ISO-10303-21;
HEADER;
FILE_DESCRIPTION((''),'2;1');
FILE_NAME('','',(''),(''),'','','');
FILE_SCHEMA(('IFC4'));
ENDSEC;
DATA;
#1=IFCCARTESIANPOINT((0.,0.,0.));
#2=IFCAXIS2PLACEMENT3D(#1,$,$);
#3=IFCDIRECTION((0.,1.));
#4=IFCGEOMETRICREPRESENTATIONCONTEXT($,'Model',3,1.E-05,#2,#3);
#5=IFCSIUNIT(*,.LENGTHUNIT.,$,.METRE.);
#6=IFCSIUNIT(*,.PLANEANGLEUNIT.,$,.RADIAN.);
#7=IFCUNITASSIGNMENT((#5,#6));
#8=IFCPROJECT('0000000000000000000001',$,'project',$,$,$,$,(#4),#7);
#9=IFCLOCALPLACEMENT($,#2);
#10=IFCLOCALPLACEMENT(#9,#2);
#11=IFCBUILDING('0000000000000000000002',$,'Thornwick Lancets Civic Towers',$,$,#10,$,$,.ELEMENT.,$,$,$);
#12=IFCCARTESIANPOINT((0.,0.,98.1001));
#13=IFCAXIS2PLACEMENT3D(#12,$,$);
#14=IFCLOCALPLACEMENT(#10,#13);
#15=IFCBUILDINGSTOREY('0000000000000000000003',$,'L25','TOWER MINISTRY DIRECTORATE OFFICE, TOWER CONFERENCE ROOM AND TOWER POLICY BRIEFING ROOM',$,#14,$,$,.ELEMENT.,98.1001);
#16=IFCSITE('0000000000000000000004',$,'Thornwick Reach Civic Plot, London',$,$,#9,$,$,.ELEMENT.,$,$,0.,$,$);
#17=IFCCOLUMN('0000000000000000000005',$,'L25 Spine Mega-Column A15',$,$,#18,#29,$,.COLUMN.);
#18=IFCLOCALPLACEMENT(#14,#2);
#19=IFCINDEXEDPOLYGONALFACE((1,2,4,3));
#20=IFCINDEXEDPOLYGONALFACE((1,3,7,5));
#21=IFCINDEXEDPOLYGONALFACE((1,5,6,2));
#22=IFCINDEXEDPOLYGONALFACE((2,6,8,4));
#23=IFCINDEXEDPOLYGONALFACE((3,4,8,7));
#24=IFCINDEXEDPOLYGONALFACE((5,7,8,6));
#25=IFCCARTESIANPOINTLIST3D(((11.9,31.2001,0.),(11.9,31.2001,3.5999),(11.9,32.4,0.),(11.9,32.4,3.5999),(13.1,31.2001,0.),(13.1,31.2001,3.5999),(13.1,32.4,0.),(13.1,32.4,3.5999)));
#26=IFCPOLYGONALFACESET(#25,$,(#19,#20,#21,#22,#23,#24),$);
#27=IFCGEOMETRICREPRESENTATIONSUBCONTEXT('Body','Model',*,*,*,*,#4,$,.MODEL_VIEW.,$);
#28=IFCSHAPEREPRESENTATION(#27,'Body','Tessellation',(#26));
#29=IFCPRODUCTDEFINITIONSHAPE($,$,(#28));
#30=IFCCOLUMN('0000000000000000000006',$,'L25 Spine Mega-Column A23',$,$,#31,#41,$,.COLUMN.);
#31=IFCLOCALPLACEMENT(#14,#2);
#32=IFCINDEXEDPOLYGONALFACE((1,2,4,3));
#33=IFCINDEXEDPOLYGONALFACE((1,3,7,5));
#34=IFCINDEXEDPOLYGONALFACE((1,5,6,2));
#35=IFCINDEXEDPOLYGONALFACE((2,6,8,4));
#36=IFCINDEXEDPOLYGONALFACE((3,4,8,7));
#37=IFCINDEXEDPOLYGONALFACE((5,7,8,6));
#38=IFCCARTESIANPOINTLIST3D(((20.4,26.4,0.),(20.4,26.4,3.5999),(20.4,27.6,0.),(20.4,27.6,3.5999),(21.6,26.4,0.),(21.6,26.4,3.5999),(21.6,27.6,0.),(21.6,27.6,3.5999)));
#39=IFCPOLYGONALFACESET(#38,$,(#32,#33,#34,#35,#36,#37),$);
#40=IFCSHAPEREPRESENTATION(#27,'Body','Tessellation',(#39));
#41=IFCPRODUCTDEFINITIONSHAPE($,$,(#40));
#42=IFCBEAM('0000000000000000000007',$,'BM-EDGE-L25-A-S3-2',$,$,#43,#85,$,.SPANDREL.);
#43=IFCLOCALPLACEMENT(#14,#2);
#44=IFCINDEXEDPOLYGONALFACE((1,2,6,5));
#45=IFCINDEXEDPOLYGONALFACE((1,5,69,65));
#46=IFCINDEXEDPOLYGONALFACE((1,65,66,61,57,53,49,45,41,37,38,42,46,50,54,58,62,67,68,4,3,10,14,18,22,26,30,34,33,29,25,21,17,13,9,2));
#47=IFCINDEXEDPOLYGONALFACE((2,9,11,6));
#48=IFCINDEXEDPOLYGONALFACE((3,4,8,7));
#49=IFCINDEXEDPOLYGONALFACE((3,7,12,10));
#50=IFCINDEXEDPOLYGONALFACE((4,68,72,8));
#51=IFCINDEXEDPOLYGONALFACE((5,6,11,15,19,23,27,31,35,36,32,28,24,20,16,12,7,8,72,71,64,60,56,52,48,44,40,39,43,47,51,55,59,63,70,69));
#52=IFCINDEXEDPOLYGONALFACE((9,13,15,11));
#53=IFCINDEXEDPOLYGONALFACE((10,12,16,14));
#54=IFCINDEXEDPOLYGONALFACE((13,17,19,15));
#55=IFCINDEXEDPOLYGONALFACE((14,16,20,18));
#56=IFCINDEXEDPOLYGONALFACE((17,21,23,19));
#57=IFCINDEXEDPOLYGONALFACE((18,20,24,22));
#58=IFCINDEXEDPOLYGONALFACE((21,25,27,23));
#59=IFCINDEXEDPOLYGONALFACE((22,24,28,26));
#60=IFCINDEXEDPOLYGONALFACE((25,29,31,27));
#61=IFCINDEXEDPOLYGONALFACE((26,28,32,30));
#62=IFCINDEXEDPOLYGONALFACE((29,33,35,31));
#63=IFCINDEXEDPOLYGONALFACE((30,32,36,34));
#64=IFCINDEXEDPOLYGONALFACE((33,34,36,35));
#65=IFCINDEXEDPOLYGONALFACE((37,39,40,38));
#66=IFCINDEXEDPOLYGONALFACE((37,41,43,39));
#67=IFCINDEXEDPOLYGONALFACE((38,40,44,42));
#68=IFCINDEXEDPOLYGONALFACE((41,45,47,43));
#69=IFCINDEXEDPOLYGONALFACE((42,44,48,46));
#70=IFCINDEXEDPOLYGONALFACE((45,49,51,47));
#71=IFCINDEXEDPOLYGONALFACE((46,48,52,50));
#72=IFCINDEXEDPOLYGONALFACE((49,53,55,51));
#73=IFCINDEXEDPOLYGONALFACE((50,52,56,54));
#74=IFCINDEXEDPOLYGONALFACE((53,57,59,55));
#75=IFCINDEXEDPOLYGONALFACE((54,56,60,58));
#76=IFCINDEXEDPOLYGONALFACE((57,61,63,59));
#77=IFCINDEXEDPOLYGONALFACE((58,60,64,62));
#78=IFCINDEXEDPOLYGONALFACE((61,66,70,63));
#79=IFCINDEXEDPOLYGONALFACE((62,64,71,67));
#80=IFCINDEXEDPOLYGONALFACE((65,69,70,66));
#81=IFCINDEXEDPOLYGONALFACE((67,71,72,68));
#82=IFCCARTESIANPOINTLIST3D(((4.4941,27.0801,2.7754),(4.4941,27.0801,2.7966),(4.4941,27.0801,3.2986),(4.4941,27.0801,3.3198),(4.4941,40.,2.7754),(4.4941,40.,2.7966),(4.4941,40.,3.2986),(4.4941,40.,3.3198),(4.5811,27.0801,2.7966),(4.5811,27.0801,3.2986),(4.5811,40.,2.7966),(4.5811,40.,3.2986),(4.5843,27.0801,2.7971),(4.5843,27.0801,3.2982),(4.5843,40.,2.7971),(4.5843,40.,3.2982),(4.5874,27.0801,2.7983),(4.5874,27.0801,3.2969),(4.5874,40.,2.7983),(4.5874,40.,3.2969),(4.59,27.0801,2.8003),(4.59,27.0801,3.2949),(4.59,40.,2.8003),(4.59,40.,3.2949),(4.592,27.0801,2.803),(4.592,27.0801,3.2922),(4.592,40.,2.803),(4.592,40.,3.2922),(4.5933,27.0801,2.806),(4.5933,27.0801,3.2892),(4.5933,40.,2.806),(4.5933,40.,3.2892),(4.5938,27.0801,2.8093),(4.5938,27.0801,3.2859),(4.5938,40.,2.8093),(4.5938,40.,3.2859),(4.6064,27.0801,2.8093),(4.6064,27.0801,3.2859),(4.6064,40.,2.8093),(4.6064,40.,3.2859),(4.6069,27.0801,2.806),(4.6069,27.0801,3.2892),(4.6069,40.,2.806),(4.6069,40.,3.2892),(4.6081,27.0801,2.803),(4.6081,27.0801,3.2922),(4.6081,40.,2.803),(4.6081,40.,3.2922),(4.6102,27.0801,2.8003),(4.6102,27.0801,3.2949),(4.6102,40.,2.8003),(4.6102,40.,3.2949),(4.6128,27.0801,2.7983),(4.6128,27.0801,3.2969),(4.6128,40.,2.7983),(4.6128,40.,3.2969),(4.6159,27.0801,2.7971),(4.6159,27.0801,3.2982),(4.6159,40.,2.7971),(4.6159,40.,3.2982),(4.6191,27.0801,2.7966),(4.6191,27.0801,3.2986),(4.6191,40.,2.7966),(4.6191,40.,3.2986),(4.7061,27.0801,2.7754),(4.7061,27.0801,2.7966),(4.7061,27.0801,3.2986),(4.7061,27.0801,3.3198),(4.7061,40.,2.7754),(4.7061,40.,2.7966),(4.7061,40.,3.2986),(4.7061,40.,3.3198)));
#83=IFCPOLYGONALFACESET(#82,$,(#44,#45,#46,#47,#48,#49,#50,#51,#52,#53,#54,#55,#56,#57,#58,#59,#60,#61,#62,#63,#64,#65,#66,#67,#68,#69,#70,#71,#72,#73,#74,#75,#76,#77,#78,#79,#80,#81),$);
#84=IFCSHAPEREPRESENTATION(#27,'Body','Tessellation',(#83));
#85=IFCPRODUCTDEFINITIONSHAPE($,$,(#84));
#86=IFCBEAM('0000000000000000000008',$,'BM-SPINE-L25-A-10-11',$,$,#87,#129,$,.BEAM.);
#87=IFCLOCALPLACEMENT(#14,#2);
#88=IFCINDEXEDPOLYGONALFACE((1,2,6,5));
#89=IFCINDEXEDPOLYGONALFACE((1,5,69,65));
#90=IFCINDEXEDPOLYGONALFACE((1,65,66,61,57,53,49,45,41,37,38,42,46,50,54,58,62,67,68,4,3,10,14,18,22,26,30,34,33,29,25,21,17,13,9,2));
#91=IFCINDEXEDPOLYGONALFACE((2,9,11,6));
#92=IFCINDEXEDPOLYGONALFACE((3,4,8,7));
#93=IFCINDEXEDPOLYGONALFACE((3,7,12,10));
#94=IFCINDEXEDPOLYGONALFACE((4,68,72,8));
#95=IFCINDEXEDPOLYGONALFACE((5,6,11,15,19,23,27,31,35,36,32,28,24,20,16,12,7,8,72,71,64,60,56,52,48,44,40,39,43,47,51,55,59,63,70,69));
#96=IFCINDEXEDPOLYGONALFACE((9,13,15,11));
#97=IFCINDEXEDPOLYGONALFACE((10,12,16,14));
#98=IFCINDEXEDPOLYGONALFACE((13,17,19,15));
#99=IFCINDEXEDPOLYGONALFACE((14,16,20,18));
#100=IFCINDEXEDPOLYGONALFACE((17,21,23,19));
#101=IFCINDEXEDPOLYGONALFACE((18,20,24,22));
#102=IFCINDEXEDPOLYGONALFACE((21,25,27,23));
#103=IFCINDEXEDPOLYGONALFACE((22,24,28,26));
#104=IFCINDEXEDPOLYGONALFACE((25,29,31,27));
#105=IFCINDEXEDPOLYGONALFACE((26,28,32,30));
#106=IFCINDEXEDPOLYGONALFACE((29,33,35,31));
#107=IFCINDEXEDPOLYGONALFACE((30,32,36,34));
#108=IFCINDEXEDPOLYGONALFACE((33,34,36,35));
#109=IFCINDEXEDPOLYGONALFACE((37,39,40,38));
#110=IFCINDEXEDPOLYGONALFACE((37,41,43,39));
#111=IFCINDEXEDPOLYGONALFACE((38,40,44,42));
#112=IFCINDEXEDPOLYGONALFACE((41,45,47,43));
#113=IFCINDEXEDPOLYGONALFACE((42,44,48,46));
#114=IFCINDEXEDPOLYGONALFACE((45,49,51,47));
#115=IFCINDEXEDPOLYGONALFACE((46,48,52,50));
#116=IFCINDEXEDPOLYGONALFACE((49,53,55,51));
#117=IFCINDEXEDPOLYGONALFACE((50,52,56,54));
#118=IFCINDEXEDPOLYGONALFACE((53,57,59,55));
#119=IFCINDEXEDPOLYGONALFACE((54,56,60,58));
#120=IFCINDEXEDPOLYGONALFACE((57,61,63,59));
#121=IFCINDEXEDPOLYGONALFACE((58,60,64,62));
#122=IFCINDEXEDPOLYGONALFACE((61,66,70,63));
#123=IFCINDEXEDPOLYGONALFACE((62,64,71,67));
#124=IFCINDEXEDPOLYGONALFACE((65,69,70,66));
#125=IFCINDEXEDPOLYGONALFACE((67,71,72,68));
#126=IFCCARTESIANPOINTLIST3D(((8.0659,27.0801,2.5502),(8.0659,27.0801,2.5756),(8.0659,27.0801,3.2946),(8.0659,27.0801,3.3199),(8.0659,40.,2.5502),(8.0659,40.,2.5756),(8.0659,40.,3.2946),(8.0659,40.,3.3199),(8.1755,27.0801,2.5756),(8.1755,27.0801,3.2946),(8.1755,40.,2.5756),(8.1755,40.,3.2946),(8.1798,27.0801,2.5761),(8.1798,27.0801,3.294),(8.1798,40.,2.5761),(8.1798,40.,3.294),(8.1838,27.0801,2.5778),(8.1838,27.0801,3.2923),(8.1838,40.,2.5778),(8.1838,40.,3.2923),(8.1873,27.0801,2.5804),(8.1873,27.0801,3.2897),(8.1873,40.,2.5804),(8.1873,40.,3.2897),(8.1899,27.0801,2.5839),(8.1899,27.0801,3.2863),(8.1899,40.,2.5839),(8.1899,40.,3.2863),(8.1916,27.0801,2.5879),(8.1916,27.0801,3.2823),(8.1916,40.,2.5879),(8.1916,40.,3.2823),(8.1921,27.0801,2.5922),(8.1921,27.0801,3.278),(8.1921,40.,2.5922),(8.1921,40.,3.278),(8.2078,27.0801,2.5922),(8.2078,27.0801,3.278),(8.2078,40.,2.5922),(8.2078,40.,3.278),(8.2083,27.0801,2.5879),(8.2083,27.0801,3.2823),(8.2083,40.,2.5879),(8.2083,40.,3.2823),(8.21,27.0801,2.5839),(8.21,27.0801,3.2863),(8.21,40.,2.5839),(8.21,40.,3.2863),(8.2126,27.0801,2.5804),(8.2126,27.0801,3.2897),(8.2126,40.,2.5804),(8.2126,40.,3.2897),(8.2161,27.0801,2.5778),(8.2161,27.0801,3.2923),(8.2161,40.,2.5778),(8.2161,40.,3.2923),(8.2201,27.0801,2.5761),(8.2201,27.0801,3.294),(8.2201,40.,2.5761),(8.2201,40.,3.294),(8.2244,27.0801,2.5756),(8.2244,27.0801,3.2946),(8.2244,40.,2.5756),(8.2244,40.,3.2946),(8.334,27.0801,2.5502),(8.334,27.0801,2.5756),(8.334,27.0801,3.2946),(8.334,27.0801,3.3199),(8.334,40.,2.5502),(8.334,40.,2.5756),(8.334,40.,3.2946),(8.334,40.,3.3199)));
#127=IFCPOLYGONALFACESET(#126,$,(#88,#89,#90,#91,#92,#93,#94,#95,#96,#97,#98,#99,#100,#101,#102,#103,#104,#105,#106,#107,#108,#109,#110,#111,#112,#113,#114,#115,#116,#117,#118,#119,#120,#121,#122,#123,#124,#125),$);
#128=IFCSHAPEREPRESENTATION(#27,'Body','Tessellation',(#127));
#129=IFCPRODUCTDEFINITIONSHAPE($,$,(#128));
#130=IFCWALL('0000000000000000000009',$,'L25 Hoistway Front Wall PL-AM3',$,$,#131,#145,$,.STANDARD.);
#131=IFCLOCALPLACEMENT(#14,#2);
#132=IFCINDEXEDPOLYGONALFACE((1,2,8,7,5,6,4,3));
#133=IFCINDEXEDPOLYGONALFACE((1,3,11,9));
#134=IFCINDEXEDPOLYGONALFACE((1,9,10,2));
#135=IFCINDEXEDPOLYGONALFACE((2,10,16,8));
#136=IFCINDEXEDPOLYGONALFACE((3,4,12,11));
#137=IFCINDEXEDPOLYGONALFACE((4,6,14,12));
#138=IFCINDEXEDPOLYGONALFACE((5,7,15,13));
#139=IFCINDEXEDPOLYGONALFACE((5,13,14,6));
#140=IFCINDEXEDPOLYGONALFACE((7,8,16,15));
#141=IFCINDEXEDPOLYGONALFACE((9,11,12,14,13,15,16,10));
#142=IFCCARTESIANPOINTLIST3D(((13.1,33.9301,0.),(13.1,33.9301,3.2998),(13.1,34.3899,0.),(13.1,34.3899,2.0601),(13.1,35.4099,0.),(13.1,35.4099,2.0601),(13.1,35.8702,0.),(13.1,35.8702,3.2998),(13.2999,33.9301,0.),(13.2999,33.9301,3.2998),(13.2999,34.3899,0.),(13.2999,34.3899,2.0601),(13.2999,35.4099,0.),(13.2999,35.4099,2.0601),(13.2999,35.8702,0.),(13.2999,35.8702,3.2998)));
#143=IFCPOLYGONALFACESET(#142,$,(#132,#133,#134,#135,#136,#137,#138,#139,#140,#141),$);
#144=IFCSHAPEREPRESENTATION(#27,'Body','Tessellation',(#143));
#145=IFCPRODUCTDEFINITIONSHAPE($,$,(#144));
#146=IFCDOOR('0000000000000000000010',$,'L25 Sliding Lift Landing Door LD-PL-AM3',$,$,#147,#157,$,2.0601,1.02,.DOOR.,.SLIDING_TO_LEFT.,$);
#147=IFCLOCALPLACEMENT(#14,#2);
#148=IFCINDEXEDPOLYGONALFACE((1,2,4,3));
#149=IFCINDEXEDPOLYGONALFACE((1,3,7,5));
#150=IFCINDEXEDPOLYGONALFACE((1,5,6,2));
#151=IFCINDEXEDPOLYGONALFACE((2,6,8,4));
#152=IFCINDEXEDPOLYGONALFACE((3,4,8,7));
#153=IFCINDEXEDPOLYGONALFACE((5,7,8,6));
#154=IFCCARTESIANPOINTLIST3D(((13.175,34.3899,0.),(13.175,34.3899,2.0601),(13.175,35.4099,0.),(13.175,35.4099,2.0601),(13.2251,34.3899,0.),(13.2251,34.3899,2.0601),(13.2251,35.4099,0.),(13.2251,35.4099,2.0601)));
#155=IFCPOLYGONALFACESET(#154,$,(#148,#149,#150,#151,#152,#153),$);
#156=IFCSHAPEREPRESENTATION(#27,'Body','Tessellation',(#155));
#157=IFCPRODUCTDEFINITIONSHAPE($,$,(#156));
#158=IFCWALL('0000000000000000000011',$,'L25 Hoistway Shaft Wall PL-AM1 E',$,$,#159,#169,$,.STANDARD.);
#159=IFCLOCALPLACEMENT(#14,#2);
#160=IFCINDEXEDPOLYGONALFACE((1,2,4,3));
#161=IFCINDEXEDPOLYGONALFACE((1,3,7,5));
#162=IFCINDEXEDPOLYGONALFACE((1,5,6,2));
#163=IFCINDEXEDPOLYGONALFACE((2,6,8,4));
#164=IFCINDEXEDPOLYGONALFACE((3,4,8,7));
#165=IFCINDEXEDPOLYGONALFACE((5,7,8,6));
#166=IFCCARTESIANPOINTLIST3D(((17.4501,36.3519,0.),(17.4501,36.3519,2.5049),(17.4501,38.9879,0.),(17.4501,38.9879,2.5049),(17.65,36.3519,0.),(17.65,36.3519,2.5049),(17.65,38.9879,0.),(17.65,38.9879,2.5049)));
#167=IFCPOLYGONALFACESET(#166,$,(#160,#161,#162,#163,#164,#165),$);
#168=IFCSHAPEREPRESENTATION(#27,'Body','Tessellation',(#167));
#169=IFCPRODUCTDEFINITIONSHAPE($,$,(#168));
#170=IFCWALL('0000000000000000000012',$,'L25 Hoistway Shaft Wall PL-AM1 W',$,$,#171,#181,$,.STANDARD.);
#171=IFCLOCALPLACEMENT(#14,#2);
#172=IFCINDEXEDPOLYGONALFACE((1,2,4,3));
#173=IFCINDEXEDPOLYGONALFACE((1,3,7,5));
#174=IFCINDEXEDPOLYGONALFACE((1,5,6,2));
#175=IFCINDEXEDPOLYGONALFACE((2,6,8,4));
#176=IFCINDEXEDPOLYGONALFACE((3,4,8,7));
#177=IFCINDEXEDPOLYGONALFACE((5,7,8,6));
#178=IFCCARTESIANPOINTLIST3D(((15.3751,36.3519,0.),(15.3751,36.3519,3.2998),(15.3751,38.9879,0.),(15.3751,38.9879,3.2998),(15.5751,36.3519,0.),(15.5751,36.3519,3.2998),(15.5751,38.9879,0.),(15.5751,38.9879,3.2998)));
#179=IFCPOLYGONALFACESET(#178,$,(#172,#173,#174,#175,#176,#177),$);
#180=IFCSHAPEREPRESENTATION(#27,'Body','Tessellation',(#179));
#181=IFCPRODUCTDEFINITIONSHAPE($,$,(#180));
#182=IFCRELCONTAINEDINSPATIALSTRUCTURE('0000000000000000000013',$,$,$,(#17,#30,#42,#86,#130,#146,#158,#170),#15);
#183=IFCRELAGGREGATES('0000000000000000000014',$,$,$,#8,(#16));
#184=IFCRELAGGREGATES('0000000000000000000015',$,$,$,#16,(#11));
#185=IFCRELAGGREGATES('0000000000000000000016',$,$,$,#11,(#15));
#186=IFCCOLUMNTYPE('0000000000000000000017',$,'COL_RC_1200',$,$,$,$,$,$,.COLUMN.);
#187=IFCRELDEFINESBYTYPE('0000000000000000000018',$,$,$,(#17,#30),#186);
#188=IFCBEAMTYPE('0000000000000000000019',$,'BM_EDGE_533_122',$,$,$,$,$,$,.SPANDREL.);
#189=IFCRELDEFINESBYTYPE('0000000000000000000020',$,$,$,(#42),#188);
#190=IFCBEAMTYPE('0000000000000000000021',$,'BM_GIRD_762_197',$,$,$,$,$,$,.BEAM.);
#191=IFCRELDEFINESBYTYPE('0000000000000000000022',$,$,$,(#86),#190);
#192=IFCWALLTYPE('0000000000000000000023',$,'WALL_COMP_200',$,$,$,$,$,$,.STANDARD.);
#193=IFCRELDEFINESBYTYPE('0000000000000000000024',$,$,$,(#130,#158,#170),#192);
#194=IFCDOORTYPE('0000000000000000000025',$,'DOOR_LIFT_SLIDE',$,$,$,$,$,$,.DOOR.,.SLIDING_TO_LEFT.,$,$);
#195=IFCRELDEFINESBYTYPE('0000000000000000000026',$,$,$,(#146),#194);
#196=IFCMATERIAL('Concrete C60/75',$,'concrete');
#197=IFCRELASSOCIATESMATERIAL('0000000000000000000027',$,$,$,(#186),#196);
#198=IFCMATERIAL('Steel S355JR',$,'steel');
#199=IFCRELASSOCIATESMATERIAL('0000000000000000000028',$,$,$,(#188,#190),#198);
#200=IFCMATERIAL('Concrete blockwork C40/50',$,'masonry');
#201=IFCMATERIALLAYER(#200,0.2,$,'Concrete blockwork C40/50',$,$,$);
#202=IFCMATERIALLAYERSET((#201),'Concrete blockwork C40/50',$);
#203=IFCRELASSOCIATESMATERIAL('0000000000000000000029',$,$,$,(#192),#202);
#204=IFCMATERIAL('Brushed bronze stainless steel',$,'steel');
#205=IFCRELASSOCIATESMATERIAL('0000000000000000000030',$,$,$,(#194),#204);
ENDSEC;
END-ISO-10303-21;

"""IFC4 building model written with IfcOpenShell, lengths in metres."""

from ifc_helpers import new_model, si_unit, direction, frame, frame_2d, origin, origin_2d, place, context, subcontext, project, spatial, rectangle, i_section, extrude, material, layer, layer_set, material_profile, profile_set, type_object, element, fill, save


model = new_model("IFC4")

# Units and contexts
model_context = context("Model", 3, precision=1e-05, world=origin(), true_north=direction((0.0, 1.0)))
body_context = subcontext(model_context, "Body", "Model", "MODEL_VIEW")
ifc_project = project(units=[si_unit("LENGTHUNIT", "METRE"), si_unit("PLANEANGLEUNIT", "RADIAN")], contexts=[model_context])

# Site, building, storey
site_placement = place(None, origin())
site = spatial("IfcSite", under=ifc_project, at=site_placement, Name="Thornwick Reach Civic Plot, London", CompositionType="ELEMENT", RefElevation=0.0)
building_placement = place(site_placement, origin())
building = spatial("IfcBuilding", under=site, at=building_placement, Name="Thornwick Lancets Civic Towers", CompositionType="ELEMENT")
storey_placement = place(building_placement, frame((0.0, 0.0, 98.1001)))
storey = spatial("IfcBuildingStorey", under=building, at=storey_placement, Name="L25", Description="TOWER MINISTRY DIRECTORATE OFFICE, TOWER CONFERENCE ROOM AND TOWER POLICY BRIEFING ROOM", CompositionType="ELEMENT", Elevation=98.1001)

# Columns
ifc_material_1 = material(Name="Concrete C60/75", Category="concrete")
ifc_material_profile_1 = material_profile(ifc_material_1, rectangle(XDim=1.2, YDim=1.2, at=origin_2d()), Name="RC 1200x1200")
ifc_profile_set_1 = profile_set([ifc_material_profile_1], Name="Concrete C60/75")
column_type = type_object("IfcColumnType", Name="COL_RC_1200", PredefinedType="COLUMN", material=ifc_profile_set_1)
for number, where, z_axis, x_axis, name in (
    (1, (12.5, 31.8, 0.0), (0.0, 0.0, 1.0), (1.0, 0.0, 0.0), "L25 Spine Mega-Column A15"),
    (2, (21.0, 27.0, 0.0), (0.0, 0.0, 1.0), (1.0, 0.0, 0.0), "L25 Spine Mega-Column A23"),
):
    element("IfcColumn", number, at=place(storey_placement, frame(where, z_axis=z_axis, x_axis=x_axis)), inside=storey, type_object=column_type, Name=name, PredefinedType="COLUMN", context=body_context, shape_type="SweptSolid", body=[
        extrude(rectangle(XDim=1.2, YDim=1.2, at=origin_2d()), origin(), (0.0, 0.0, 1.0), 3.5999),
    ])

# Beams
ifc_material_2 = material(Name="Steel S355JR", Category="steel")
ifc_material_profile_2 = material_profile(ifc_material_2, i_section(OverallWidth=0.2119, OverallDepth=0.5444, WebThickness=0.0127, FlangeThickness=0.0212, FilletRadius=0.0127, at=origin_2d()), Name="UKB 533x210x122")
ifc_profile_set_2 = profile_set([ifc_material_profile_2], Name="Steel S355JR")
beam_type_1 = type_object("IfcBeamType", Name="BM_EDGE_533_122", PredefinedType="SPANDREL", material=ifc_profile_set_2)
beam_1_placement = place(storey_placement, frame((4.6001, 27.0801, 3.0476), z_axis=(0.0, 1.0, 0.0), x_axis=(-1.0, 0.0, 0.0)))
element("IfcBeam", 3, at=beam_1_placement, inside=storey, type_object=beam_type_1, Name="BM-EDGE-L25-A-S3-2", PredefinedType="SPANDREL", context=body_context, shape_type="SweptSolid", body=[
    extrude(i_section(OverallWidth=0.2119, OverallDepth=0.5444, WebThickness=0.0127, FlangeThickness=0.0212, FilletRadius=0.0127, at=origin_2d()), origin(), (0.0, 0.0, 1.0), 12.9199),
])
ifc_material_profile_3 = material_profile(ifc_material_2, i_section(OverallWidth=0.2681, OverallDepth=0.7698, WebThickness=0.0156, FlangeThickness=0.0254, FilletRadius=0.0166, at=origin_2d()), Name="UKB 762x267x197")
ifc_profile_set_3 = profile_set([ifc_material_profile_3], Name="Steel S355JR")
beam_type_2 = type_object("IfcBeamType", Name="BM_GIRD_762_197", PredefinedType="BEAM", material=ifc_profile_set_3)
beam_2_placement = place(storey_placement, frame((8.2, 27.0801, 2.9351), z_axis=(0.0, 1.0, 0.0), x_axis=(-1.0, 0.0, 0.0)))
element("IfcBeam", 4, at=beam_2_placement, inside=storey, type_object=beam_type_2, Name="BM-SPINE-L25-A-10-11", PredefinedType="BEAM", context=body_context, shape_type="SweptSolid", body=[
    extrude(i_section(OverallWidth=0.2681, OverallDepth=0.7698, WebThickness=0.0156, FlangeThickness=0.0254, FilletRadius=0.0166, at=origin_2d()), origin(), (0.0, 0.0, 1.0), 12.9199),
])

# Wall, opening, door
ifc_material_3 = material(Name="Concrete blockwork C40/50", Category="masonry")
ifc_layer_1 = layer(ifc_material_3, 0.2, Name="Concrete blockwork C40/50")
ifc_layer_set_1 = layer_set([ifc_layer_1], Name="Concrete blockwork C40/50")
wall_type_1 = type_object("IfcWallType", Name="WALL_COMP_200", PredefinedType="STANDARD", material=ifc_layer_set_1)
wall_1_placement = place(storey_placement, frame((13.2, 33.9299, 0.0), z_axis=(0.0, 0.0, 1.0), x_axis=(0.0, 1.0, 0.0)))
wall_1 = element("IfcWall", 5, at=wall_1_placement, inside=storey, type_object=wall_type_1, Name="L25 Hoistway Front Wall PL-AM3", PredefinedType="STANDARD", context=body_context, shape_type="SweptSolid", body=[
    extrude(rectangle(XDim=1.9402, YDim=0.2, at=frame_2d((0.9702, 0.0))), origin(), (0.0, 0.0, 1.0), 3.2998),
])
opening_1_placement = place(wall_1_placement, frame((0.46, 0.0, 0.0)))
opening_1 = element("IfcOpeningElement", 6, at=opening_1_placement, cuts=wall_1, PredefinedType="OPENING", context=body_context, shape_type="SweptSolid", body=[
    extrude(rectangle(XDim=1.02, YDim=2.0601, at=frame_2d((0.51, 1.03))), frame((0.0, 0.1099, 0.0), z_axis=(0.0, -1.0, 0.0), x_axis=(1.0, 0.0, 0.0)), (0.0, 0.0, 1.0), 0.22),
])
ifc_material_4 = material(Name="Brushed bronze stainless steel", Category="steel")
door_type_1 = type_object("IfcDoorType", Name="DOOR_LIFT_SLIDE", OperationType="SLIDING_TO_LEFT", PredefinedType="DOOR", material=ifc_material_4)
door_1_placement = place(opening_1_placement, origin())
door_1 = element("IfcDoor", 7, at=door_1_placement, inside=storey, type_object=door_type_1, Name="L25 Sliding Lift Landing Door LD-PL-AM3", OperationType="SLIDING_TO_LEFT", OverallHeight=2.0601, OverallWidth=1.02, PredefinedType="DOOR", context=body_context, shape_type="SweptSolid", body=[
    extrude(rectangle(XDim=1.02, YDim=2.0601, at=frame_2d((0.51, 1.03))), frame((0.0, 0.0249, 0.0), z_axis=(0.0, -1.0, 0.0), x_axis=(1.0, 0.0, 0.0)), (0.0, 0.0, 1.0), 0.05),
])
fill(opening_1, door_1)

# Walls
wall_2_placement = place(storey_placement, frame((17.55, 36.3521, 0.0), z_axis=(0.0, 0.0, 1.0), x_axis=(0.0, 1.0, 0.0)))
element("IfcWall", 8, at=wall_2_placement, inside=storey, type_object=wall_type_1, Name="L25 Hoistway Shaft Wall PL-AM1 E", PredefinedType="STANDARD", context=body_context, shape_type="SweptSolid", body=[
    extrude(rectangle(XDim=2.636, YDim=0.2, at=frame_2d((1.3179, 0.0))), origin(), (0.0, 0.0, 1.0), 2.5049),
])
for number, where, z_axis, x_axis, name in (
    (9, (15.4751, 36.3521, 0.0), (0.0, 0.0, 1.0), (0.0, 1.0, 0.0), "L25 Hoistway Shaft Wall PL-AM1 W"),
):
    element("IfcWall", number, at=place(storey_placement, frame(where, z_axis=z_axis, x_axis=x_axis)), inside=storey, type_object=wall_type_1, Name=name, PredefinedType="STANDARD", context=body_context, shape_type="SweptSolid", body=[
        extrude(rectangle(XDim=2.636, YDim=0.2, at=frame_2d((1.3179, 0.0))), origin(), (0.0, 0.0, 1.0), 3.2998),
    ])

save(model, "model.ifc")
